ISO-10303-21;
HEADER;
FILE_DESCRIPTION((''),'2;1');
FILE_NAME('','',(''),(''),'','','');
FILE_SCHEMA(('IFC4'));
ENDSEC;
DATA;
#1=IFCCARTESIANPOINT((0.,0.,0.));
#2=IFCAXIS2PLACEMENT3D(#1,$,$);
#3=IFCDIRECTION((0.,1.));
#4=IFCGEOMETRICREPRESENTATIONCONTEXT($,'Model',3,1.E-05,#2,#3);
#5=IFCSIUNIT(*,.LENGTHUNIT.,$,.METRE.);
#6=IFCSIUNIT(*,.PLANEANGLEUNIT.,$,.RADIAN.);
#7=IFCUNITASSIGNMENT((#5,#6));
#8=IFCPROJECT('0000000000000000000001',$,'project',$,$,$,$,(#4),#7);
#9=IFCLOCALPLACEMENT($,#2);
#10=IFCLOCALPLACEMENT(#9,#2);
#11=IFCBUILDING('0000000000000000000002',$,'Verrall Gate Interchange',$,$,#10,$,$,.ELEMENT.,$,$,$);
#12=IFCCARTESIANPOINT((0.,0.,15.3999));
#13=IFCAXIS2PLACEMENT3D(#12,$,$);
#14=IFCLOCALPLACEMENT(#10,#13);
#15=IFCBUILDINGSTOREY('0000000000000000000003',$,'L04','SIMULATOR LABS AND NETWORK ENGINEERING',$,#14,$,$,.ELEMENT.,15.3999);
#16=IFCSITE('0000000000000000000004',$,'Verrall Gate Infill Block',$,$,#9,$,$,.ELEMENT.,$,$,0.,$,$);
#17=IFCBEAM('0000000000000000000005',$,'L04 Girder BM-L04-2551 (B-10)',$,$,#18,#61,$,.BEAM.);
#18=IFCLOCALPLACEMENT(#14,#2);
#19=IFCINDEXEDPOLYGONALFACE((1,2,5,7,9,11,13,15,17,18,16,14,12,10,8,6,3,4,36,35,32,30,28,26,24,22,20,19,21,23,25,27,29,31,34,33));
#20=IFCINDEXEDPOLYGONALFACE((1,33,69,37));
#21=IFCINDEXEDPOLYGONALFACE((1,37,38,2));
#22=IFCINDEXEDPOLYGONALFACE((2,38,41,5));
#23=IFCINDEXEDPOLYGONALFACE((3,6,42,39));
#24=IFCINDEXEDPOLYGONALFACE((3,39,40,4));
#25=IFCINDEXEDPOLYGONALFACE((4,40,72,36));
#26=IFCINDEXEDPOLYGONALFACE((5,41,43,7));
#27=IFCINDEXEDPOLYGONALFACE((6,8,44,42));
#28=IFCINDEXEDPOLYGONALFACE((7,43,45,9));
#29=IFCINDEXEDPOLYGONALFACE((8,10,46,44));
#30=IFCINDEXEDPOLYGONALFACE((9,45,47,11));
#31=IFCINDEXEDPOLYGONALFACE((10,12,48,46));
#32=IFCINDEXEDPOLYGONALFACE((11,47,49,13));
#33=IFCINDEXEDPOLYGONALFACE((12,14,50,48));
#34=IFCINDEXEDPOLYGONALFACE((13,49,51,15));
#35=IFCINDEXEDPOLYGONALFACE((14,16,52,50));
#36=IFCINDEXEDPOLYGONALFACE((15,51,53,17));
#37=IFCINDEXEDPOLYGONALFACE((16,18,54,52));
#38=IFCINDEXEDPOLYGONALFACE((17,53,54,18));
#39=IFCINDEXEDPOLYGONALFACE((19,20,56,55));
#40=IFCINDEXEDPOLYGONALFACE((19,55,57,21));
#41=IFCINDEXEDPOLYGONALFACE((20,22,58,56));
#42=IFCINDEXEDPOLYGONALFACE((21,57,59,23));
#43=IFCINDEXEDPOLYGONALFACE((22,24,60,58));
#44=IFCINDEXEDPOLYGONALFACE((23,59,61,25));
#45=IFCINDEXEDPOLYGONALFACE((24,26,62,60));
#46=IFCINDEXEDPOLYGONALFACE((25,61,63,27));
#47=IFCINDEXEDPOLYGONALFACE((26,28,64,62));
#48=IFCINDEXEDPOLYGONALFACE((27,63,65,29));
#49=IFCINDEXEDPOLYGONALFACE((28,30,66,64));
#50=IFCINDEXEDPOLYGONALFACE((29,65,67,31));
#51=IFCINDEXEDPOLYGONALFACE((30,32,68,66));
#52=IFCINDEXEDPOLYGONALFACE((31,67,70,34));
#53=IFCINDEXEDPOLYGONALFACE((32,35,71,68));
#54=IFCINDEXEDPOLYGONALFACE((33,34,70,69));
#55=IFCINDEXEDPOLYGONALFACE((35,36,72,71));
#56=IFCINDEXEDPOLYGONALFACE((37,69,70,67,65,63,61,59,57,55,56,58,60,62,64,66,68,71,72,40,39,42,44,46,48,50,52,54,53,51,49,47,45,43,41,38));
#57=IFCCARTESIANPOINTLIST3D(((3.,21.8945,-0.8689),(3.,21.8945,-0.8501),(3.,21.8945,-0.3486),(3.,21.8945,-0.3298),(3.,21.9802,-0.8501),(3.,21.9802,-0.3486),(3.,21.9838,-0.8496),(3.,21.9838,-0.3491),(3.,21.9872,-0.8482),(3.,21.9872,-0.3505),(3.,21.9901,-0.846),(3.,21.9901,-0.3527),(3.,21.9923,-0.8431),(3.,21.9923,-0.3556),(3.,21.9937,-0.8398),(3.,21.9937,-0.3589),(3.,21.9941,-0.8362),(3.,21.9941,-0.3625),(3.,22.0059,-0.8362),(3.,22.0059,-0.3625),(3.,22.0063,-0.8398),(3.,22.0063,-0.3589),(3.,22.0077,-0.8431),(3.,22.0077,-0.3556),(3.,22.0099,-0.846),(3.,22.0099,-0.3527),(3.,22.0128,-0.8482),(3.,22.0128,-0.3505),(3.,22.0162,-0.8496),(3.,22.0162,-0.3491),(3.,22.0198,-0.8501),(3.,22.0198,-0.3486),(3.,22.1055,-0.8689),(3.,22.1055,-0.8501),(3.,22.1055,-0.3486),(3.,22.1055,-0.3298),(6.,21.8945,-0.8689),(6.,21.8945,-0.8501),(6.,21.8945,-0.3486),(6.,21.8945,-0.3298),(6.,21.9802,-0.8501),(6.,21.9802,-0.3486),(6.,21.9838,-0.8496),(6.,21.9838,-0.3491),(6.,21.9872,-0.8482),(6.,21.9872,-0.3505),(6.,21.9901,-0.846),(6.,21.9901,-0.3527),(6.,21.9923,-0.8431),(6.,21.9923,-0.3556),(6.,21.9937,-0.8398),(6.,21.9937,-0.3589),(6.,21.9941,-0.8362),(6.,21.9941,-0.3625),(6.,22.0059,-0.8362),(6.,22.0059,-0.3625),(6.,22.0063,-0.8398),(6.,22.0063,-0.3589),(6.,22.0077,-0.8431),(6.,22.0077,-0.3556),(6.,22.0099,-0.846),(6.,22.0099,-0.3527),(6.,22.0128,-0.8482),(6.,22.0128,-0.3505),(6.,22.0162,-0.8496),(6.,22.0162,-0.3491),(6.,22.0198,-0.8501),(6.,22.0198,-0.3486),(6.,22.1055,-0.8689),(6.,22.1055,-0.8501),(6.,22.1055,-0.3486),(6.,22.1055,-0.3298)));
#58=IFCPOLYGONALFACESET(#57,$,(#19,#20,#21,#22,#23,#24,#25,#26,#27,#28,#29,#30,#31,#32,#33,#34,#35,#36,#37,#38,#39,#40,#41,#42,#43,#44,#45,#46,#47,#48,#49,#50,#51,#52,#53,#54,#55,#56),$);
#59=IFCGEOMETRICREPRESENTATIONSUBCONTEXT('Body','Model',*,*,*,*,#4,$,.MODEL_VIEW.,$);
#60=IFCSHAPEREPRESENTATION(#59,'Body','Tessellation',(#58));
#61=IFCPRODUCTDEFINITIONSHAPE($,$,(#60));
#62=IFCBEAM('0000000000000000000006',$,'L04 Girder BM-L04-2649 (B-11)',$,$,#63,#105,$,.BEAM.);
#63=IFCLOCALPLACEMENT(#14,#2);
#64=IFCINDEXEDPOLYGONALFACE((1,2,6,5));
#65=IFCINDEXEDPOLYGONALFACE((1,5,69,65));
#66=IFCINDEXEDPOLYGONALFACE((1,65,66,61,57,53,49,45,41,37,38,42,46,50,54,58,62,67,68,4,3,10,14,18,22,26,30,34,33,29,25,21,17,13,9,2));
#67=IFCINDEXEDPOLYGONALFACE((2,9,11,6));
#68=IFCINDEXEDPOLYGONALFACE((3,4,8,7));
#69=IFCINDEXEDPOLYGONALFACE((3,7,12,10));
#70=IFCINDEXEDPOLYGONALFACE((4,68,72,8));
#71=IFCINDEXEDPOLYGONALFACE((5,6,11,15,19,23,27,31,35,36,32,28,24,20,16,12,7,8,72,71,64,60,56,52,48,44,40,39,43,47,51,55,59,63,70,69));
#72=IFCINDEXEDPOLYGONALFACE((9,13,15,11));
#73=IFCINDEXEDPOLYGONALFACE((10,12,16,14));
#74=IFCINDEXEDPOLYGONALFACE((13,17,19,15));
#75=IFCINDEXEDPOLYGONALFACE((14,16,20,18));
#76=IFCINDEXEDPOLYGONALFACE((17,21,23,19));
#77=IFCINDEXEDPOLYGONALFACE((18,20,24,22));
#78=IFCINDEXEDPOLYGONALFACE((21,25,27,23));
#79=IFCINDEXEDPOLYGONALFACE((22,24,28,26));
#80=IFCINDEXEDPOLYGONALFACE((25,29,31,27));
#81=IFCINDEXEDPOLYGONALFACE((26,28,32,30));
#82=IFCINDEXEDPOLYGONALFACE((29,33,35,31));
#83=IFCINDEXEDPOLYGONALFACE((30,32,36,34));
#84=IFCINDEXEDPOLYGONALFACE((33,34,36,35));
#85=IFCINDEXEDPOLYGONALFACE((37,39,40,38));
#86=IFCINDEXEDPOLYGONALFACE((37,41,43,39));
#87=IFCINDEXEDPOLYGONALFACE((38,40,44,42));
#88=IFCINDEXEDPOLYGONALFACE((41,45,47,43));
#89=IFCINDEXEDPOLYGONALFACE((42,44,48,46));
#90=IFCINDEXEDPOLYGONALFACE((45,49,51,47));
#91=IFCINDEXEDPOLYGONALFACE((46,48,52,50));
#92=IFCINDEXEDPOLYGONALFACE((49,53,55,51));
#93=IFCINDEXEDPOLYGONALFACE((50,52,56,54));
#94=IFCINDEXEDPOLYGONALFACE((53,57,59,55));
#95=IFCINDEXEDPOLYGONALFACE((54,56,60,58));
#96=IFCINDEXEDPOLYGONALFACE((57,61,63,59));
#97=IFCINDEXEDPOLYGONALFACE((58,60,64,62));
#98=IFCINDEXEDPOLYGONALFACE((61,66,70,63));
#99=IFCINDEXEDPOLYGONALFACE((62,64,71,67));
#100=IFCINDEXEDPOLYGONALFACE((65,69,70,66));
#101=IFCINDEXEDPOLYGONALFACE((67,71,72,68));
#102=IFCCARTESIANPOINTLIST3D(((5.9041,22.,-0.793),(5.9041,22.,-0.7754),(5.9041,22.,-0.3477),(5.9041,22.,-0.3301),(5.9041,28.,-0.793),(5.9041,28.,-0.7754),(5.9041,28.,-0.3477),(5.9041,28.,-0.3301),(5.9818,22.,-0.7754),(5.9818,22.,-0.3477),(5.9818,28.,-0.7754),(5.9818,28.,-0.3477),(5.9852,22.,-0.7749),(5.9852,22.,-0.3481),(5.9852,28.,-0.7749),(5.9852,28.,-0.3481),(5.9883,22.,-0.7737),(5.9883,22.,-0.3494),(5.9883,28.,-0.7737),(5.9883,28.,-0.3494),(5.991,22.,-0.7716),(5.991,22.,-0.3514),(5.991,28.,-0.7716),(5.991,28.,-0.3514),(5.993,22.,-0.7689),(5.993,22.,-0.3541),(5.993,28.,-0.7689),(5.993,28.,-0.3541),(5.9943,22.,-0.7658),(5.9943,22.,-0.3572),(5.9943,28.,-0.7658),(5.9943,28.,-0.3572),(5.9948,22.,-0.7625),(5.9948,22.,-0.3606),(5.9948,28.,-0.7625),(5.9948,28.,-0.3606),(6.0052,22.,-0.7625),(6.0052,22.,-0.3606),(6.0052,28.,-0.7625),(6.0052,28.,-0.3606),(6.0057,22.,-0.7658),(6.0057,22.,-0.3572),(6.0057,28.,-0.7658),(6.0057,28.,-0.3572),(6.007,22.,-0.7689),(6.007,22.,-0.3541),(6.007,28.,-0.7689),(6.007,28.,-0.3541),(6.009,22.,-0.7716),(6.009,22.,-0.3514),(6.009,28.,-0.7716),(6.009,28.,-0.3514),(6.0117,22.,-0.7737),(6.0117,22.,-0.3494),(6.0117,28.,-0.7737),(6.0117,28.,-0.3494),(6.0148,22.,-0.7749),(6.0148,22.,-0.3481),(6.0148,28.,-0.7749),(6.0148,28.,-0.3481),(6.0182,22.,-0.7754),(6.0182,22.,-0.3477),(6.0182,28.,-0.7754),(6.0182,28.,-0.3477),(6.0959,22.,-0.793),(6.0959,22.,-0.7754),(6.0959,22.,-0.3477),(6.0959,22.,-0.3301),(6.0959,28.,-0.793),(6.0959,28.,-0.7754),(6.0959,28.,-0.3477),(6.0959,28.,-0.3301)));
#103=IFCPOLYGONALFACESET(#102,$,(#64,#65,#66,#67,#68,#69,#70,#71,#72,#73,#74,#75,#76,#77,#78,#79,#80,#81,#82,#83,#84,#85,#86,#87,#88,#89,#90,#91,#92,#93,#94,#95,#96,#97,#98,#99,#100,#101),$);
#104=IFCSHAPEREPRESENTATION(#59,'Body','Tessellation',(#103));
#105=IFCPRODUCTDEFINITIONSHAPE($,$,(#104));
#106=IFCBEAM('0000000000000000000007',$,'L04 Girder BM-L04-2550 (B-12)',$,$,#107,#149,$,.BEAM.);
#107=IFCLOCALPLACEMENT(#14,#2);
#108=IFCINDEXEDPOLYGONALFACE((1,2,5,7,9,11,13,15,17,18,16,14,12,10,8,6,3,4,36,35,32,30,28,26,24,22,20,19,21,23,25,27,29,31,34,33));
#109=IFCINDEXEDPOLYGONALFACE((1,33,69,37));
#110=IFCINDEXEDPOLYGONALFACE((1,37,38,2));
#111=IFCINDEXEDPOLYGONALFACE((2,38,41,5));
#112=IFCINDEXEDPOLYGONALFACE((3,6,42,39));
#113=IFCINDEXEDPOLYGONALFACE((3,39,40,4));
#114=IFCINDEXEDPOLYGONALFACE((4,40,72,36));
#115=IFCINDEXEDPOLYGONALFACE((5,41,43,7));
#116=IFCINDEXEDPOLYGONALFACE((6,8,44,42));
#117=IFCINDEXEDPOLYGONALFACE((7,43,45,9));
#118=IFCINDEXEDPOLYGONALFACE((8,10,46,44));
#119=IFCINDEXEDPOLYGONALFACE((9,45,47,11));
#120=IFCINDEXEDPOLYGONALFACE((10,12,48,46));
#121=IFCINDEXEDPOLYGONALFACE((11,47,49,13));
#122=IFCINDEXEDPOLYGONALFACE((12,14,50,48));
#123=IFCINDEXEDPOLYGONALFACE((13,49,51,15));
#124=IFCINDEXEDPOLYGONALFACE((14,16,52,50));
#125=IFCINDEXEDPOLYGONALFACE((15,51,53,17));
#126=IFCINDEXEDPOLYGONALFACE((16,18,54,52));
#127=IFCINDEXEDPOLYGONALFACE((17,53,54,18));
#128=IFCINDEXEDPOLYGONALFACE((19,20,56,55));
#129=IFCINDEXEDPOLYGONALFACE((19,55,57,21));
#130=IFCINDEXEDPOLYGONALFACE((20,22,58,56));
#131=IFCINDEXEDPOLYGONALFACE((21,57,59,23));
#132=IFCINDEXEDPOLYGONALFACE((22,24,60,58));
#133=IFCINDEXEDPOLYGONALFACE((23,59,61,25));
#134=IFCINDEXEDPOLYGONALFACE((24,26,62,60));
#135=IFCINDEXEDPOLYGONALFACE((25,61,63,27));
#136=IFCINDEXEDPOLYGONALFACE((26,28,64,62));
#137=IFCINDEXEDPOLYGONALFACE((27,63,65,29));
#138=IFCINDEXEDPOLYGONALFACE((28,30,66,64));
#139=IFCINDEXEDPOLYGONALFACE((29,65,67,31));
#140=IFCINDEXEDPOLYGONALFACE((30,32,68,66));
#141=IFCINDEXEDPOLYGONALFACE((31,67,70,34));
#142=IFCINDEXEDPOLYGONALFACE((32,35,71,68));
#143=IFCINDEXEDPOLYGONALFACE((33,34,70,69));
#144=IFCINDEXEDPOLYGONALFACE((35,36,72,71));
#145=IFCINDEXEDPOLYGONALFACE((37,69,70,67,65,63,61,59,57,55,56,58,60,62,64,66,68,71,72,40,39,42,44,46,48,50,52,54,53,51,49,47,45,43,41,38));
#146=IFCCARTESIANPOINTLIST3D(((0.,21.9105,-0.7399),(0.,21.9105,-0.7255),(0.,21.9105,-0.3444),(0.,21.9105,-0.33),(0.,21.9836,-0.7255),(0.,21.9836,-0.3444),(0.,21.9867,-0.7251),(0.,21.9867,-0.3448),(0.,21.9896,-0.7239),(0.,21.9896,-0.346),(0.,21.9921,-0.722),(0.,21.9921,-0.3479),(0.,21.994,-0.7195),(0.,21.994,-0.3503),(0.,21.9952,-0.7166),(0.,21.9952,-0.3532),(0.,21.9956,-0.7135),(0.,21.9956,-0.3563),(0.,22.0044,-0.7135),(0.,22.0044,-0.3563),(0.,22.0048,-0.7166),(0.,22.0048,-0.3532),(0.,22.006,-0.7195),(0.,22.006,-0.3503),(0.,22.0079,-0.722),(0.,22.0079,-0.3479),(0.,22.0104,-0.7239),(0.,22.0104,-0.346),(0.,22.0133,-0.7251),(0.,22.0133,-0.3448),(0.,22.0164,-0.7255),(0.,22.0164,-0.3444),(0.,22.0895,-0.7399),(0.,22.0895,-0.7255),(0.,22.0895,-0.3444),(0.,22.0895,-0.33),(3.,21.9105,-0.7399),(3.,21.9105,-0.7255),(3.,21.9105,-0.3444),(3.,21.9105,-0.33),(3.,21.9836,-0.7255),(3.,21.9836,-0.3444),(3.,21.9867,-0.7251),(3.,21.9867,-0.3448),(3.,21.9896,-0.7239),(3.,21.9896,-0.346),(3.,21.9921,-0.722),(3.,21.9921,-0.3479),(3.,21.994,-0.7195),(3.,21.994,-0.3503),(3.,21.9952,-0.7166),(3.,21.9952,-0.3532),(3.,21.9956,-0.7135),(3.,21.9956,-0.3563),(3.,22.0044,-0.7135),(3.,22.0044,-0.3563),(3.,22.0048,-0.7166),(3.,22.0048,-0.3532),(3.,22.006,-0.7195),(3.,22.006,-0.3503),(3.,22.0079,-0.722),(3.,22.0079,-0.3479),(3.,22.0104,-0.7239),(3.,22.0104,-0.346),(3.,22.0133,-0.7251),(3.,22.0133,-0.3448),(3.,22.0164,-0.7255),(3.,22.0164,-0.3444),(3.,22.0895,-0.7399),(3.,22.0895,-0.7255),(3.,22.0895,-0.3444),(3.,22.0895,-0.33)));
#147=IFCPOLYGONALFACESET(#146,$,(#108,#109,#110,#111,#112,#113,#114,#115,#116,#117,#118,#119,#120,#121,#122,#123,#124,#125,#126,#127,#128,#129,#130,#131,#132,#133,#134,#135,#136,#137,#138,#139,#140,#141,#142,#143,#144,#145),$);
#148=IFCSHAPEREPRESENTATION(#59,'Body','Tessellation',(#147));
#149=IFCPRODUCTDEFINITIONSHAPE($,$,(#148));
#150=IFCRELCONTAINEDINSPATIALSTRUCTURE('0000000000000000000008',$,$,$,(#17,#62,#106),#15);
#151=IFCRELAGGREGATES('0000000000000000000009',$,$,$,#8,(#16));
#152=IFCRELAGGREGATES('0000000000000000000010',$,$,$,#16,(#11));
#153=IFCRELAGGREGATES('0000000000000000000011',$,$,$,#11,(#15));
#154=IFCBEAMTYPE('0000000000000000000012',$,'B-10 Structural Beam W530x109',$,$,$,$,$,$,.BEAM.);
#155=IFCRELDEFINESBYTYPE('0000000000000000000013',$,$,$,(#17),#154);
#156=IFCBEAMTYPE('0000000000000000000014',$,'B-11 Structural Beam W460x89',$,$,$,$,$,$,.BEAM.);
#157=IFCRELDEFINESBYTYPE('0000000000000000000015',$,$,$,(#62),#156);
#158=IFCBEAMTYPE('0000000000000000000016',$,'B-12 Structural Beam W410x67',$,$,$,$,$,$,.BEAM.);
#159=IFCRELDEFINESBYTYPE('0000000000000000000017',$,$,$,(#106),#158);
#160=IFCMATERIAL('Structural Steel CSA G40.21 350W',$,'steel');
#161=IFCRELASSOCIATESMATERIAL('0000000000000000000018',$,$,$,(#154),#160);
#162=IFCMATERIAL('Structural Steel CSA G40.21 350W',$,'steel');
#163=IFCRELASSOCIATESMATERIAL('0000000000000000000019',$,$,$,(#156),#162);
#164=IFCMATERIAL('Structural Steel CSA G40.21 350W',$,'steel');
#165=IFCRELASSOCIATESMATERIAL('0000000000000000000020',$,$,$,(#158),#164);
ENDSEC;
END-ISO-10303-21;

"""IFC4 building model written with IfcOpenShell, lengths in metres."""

from ifc_helpers import new_model, si_unit, direction, frame, origin, origin_2d, place, context, subcontext, project, spatial, i_section, extrude, material, material_profile, profile_set, type_object, element, save


model = new_model("IFC4")

# Units and contexts
model_context = context("Model", 3, precision=1e-05, world=origin(), true_north=direction((0.0, 1.0)))
body_context = subcontext(model_context, "Body", "Model", "MODEL_VIEW")
ifc_project = project(units=[si_unit("LENGTHUNIT", "METRE"), si_unit("PLANEANGLEUNIT", "RADIAN")], contexts=[model_context])

# Site, building, storey
site_placement = place(None, origin())
site = spatial("IfcSite", under=ifc_project, at=site_placement, Name="Verrall Gate Infill Block", CompositionType="ELEMENT", RefElevation=0.0)
building_placement = place(site_placement, origin())
building = spatial("IfcBuilding", under=site, at=building_placement, Name="Verrall Gate Interchange", CompositionType="ELEMENT")
storey_placement = place(building_placement, frame((0.0, 0.0, 15.3999)))
storey = spatial("IfcBuildingStorey", under=building, at=storey_placement, Name="L04", Description="SIMULATOR LABS AND NETWORK ENGINEERING", CompositionType="ELEMENT", Elevation=15.3999)

# Beams
ifc_material_1 = material(Name="Structural Steel CSA G40.21 350W", Category="steel")
ifc_material_profile_1 = material_profile(ifc_material_1, i_section(OverallWidth=0.2109, OverallDepth=0.5391, WebThickness=0.0117, FlangeThickness=0.0188, FilletRadius=0.0139, at=origin_2d()), Name="W530x109")
ifc_profile_set_1 = profile_set([ifc_material_profile_1], Name="Structural Steel CSA G40.21 350W")
beam_type_1 = type_object("IfcBeamType", Name="B-10 Structural Beam W530x109", PredefinedType="BEAM", material=ifc_profile_set_1)
beam_1_placement = place(storey_placement, frame((3.0, 22.0, -0.5994), z_axis=(1.0, 0.0, 0.0), x_axis=(0.0, 1.0, 0.0)))
element("IfcBeam", 1, at=beam_1_placement, inside=storey, type_object=beam_type_1, Name="L04 Girder BM-L04-2551 (B-10)", PredefinedType="BEAM", context=body_context, shape_type="SweptSolid", body=[
    extrude(i_section(OverallWidth=0.2109, OverallDepth=0.5391, WebThickness=0.0117, FlangeThickness=0.0188, FilletRadius=0.0139, at=origin_2d()), origin(), (0.0, 0.0, 1.0), 3.0),
])
ifc_material_2 = material(Name="Structural Steel CSA G40.21 350W", Category="steel")
ifc_material_profile_2 = material_profile(ifc_material_2, i_section(OverallWidth=0.1919, OverallDepth=0.4629, WebThickness=0.0105, FlangeThickness=0.0176, FilletRadius=0.0129, at=origin_2d()), Name="W460x89")
ifc_profile_set_2 = profile_set([ifc_material_profile_2], Name="Structural Steel CSA G40.21 350W")
beam_type_2 = type_object("IfcBeamType", Name="B-11 Structural Beam W460x89", PredefinedType="BEAM", material=ifc_profile_set_2)
beam_2_placement = place(storey_placement, frame((6.0, 22.0, -0.5615), z_axis=(0.0, 1.0, 0.0), x_axis=(-1.0, 0.0, 0.0)))
element("IfcBeam", 2, at=beam_2_placement, inside=storey, type_object=beam_type_2, Name="L04 Girder BM-L04-2649 (B-11)", PredefinedType="BEAM", context=body_context, shape_type="SweptSolid", body=[
    extrude(i_section(OverallWidth=0.1919, OverallDepth=0.4629, WebThickness=0.0105, FlangeThickness=0.0176, FilletRadius=0.0129, at=origin_2d()), origin(), (0.0, 0.0, 1.0), 6.0),
])
ifc_material_3 = material(Name="Structural Steel CSA G40.21 350W", Category="steel")
ifc_material_profile_3 = material_profile(ifc_material_3, i_section(OverallWidth=0.179, OverallDepth=0.4099, WebThickness=0.0088, FlangeThickness=0.0144, FilletRadius=0.012, at=origin_2d()), Name="W410x67")
ifc_profile_set_3 = profile_set([ifc_material_profile_3], Name="Structural Steel CSA G40.21 350W")
beam_type_3 = type_object("IfcBeamType", Name="B-12 Structural Beam W410x67", PredefinedType="BEAM", material=ifc_profile_set_3)
beam_3_placement = place(storey_placement, frame((0.0, 22.0, -0.5349), z_axis=(1.0, 0.0, 0.0), x_axis=(0.0, 1.0, 0.0)))
element("IfcBeam", 3, at=beam_3_placement, inside=storey, type_object=beam_type_3, Name="L04 Girder BM-L04-2550 (B-12)", PredefinedType="BEAM", context=body_context, shape_type="SweptSolid", body=[
    extrude(i_section(OverallWidth=0.179, OverallDepth=0.4099, WebThickness=0.0088, FlangeThickness=0.0144, FilletRadius=0.012, at=origin_2d()), origin(), (0.0, 0.0, 1.0), 3.0),
])

save(model, "model.ifc")
